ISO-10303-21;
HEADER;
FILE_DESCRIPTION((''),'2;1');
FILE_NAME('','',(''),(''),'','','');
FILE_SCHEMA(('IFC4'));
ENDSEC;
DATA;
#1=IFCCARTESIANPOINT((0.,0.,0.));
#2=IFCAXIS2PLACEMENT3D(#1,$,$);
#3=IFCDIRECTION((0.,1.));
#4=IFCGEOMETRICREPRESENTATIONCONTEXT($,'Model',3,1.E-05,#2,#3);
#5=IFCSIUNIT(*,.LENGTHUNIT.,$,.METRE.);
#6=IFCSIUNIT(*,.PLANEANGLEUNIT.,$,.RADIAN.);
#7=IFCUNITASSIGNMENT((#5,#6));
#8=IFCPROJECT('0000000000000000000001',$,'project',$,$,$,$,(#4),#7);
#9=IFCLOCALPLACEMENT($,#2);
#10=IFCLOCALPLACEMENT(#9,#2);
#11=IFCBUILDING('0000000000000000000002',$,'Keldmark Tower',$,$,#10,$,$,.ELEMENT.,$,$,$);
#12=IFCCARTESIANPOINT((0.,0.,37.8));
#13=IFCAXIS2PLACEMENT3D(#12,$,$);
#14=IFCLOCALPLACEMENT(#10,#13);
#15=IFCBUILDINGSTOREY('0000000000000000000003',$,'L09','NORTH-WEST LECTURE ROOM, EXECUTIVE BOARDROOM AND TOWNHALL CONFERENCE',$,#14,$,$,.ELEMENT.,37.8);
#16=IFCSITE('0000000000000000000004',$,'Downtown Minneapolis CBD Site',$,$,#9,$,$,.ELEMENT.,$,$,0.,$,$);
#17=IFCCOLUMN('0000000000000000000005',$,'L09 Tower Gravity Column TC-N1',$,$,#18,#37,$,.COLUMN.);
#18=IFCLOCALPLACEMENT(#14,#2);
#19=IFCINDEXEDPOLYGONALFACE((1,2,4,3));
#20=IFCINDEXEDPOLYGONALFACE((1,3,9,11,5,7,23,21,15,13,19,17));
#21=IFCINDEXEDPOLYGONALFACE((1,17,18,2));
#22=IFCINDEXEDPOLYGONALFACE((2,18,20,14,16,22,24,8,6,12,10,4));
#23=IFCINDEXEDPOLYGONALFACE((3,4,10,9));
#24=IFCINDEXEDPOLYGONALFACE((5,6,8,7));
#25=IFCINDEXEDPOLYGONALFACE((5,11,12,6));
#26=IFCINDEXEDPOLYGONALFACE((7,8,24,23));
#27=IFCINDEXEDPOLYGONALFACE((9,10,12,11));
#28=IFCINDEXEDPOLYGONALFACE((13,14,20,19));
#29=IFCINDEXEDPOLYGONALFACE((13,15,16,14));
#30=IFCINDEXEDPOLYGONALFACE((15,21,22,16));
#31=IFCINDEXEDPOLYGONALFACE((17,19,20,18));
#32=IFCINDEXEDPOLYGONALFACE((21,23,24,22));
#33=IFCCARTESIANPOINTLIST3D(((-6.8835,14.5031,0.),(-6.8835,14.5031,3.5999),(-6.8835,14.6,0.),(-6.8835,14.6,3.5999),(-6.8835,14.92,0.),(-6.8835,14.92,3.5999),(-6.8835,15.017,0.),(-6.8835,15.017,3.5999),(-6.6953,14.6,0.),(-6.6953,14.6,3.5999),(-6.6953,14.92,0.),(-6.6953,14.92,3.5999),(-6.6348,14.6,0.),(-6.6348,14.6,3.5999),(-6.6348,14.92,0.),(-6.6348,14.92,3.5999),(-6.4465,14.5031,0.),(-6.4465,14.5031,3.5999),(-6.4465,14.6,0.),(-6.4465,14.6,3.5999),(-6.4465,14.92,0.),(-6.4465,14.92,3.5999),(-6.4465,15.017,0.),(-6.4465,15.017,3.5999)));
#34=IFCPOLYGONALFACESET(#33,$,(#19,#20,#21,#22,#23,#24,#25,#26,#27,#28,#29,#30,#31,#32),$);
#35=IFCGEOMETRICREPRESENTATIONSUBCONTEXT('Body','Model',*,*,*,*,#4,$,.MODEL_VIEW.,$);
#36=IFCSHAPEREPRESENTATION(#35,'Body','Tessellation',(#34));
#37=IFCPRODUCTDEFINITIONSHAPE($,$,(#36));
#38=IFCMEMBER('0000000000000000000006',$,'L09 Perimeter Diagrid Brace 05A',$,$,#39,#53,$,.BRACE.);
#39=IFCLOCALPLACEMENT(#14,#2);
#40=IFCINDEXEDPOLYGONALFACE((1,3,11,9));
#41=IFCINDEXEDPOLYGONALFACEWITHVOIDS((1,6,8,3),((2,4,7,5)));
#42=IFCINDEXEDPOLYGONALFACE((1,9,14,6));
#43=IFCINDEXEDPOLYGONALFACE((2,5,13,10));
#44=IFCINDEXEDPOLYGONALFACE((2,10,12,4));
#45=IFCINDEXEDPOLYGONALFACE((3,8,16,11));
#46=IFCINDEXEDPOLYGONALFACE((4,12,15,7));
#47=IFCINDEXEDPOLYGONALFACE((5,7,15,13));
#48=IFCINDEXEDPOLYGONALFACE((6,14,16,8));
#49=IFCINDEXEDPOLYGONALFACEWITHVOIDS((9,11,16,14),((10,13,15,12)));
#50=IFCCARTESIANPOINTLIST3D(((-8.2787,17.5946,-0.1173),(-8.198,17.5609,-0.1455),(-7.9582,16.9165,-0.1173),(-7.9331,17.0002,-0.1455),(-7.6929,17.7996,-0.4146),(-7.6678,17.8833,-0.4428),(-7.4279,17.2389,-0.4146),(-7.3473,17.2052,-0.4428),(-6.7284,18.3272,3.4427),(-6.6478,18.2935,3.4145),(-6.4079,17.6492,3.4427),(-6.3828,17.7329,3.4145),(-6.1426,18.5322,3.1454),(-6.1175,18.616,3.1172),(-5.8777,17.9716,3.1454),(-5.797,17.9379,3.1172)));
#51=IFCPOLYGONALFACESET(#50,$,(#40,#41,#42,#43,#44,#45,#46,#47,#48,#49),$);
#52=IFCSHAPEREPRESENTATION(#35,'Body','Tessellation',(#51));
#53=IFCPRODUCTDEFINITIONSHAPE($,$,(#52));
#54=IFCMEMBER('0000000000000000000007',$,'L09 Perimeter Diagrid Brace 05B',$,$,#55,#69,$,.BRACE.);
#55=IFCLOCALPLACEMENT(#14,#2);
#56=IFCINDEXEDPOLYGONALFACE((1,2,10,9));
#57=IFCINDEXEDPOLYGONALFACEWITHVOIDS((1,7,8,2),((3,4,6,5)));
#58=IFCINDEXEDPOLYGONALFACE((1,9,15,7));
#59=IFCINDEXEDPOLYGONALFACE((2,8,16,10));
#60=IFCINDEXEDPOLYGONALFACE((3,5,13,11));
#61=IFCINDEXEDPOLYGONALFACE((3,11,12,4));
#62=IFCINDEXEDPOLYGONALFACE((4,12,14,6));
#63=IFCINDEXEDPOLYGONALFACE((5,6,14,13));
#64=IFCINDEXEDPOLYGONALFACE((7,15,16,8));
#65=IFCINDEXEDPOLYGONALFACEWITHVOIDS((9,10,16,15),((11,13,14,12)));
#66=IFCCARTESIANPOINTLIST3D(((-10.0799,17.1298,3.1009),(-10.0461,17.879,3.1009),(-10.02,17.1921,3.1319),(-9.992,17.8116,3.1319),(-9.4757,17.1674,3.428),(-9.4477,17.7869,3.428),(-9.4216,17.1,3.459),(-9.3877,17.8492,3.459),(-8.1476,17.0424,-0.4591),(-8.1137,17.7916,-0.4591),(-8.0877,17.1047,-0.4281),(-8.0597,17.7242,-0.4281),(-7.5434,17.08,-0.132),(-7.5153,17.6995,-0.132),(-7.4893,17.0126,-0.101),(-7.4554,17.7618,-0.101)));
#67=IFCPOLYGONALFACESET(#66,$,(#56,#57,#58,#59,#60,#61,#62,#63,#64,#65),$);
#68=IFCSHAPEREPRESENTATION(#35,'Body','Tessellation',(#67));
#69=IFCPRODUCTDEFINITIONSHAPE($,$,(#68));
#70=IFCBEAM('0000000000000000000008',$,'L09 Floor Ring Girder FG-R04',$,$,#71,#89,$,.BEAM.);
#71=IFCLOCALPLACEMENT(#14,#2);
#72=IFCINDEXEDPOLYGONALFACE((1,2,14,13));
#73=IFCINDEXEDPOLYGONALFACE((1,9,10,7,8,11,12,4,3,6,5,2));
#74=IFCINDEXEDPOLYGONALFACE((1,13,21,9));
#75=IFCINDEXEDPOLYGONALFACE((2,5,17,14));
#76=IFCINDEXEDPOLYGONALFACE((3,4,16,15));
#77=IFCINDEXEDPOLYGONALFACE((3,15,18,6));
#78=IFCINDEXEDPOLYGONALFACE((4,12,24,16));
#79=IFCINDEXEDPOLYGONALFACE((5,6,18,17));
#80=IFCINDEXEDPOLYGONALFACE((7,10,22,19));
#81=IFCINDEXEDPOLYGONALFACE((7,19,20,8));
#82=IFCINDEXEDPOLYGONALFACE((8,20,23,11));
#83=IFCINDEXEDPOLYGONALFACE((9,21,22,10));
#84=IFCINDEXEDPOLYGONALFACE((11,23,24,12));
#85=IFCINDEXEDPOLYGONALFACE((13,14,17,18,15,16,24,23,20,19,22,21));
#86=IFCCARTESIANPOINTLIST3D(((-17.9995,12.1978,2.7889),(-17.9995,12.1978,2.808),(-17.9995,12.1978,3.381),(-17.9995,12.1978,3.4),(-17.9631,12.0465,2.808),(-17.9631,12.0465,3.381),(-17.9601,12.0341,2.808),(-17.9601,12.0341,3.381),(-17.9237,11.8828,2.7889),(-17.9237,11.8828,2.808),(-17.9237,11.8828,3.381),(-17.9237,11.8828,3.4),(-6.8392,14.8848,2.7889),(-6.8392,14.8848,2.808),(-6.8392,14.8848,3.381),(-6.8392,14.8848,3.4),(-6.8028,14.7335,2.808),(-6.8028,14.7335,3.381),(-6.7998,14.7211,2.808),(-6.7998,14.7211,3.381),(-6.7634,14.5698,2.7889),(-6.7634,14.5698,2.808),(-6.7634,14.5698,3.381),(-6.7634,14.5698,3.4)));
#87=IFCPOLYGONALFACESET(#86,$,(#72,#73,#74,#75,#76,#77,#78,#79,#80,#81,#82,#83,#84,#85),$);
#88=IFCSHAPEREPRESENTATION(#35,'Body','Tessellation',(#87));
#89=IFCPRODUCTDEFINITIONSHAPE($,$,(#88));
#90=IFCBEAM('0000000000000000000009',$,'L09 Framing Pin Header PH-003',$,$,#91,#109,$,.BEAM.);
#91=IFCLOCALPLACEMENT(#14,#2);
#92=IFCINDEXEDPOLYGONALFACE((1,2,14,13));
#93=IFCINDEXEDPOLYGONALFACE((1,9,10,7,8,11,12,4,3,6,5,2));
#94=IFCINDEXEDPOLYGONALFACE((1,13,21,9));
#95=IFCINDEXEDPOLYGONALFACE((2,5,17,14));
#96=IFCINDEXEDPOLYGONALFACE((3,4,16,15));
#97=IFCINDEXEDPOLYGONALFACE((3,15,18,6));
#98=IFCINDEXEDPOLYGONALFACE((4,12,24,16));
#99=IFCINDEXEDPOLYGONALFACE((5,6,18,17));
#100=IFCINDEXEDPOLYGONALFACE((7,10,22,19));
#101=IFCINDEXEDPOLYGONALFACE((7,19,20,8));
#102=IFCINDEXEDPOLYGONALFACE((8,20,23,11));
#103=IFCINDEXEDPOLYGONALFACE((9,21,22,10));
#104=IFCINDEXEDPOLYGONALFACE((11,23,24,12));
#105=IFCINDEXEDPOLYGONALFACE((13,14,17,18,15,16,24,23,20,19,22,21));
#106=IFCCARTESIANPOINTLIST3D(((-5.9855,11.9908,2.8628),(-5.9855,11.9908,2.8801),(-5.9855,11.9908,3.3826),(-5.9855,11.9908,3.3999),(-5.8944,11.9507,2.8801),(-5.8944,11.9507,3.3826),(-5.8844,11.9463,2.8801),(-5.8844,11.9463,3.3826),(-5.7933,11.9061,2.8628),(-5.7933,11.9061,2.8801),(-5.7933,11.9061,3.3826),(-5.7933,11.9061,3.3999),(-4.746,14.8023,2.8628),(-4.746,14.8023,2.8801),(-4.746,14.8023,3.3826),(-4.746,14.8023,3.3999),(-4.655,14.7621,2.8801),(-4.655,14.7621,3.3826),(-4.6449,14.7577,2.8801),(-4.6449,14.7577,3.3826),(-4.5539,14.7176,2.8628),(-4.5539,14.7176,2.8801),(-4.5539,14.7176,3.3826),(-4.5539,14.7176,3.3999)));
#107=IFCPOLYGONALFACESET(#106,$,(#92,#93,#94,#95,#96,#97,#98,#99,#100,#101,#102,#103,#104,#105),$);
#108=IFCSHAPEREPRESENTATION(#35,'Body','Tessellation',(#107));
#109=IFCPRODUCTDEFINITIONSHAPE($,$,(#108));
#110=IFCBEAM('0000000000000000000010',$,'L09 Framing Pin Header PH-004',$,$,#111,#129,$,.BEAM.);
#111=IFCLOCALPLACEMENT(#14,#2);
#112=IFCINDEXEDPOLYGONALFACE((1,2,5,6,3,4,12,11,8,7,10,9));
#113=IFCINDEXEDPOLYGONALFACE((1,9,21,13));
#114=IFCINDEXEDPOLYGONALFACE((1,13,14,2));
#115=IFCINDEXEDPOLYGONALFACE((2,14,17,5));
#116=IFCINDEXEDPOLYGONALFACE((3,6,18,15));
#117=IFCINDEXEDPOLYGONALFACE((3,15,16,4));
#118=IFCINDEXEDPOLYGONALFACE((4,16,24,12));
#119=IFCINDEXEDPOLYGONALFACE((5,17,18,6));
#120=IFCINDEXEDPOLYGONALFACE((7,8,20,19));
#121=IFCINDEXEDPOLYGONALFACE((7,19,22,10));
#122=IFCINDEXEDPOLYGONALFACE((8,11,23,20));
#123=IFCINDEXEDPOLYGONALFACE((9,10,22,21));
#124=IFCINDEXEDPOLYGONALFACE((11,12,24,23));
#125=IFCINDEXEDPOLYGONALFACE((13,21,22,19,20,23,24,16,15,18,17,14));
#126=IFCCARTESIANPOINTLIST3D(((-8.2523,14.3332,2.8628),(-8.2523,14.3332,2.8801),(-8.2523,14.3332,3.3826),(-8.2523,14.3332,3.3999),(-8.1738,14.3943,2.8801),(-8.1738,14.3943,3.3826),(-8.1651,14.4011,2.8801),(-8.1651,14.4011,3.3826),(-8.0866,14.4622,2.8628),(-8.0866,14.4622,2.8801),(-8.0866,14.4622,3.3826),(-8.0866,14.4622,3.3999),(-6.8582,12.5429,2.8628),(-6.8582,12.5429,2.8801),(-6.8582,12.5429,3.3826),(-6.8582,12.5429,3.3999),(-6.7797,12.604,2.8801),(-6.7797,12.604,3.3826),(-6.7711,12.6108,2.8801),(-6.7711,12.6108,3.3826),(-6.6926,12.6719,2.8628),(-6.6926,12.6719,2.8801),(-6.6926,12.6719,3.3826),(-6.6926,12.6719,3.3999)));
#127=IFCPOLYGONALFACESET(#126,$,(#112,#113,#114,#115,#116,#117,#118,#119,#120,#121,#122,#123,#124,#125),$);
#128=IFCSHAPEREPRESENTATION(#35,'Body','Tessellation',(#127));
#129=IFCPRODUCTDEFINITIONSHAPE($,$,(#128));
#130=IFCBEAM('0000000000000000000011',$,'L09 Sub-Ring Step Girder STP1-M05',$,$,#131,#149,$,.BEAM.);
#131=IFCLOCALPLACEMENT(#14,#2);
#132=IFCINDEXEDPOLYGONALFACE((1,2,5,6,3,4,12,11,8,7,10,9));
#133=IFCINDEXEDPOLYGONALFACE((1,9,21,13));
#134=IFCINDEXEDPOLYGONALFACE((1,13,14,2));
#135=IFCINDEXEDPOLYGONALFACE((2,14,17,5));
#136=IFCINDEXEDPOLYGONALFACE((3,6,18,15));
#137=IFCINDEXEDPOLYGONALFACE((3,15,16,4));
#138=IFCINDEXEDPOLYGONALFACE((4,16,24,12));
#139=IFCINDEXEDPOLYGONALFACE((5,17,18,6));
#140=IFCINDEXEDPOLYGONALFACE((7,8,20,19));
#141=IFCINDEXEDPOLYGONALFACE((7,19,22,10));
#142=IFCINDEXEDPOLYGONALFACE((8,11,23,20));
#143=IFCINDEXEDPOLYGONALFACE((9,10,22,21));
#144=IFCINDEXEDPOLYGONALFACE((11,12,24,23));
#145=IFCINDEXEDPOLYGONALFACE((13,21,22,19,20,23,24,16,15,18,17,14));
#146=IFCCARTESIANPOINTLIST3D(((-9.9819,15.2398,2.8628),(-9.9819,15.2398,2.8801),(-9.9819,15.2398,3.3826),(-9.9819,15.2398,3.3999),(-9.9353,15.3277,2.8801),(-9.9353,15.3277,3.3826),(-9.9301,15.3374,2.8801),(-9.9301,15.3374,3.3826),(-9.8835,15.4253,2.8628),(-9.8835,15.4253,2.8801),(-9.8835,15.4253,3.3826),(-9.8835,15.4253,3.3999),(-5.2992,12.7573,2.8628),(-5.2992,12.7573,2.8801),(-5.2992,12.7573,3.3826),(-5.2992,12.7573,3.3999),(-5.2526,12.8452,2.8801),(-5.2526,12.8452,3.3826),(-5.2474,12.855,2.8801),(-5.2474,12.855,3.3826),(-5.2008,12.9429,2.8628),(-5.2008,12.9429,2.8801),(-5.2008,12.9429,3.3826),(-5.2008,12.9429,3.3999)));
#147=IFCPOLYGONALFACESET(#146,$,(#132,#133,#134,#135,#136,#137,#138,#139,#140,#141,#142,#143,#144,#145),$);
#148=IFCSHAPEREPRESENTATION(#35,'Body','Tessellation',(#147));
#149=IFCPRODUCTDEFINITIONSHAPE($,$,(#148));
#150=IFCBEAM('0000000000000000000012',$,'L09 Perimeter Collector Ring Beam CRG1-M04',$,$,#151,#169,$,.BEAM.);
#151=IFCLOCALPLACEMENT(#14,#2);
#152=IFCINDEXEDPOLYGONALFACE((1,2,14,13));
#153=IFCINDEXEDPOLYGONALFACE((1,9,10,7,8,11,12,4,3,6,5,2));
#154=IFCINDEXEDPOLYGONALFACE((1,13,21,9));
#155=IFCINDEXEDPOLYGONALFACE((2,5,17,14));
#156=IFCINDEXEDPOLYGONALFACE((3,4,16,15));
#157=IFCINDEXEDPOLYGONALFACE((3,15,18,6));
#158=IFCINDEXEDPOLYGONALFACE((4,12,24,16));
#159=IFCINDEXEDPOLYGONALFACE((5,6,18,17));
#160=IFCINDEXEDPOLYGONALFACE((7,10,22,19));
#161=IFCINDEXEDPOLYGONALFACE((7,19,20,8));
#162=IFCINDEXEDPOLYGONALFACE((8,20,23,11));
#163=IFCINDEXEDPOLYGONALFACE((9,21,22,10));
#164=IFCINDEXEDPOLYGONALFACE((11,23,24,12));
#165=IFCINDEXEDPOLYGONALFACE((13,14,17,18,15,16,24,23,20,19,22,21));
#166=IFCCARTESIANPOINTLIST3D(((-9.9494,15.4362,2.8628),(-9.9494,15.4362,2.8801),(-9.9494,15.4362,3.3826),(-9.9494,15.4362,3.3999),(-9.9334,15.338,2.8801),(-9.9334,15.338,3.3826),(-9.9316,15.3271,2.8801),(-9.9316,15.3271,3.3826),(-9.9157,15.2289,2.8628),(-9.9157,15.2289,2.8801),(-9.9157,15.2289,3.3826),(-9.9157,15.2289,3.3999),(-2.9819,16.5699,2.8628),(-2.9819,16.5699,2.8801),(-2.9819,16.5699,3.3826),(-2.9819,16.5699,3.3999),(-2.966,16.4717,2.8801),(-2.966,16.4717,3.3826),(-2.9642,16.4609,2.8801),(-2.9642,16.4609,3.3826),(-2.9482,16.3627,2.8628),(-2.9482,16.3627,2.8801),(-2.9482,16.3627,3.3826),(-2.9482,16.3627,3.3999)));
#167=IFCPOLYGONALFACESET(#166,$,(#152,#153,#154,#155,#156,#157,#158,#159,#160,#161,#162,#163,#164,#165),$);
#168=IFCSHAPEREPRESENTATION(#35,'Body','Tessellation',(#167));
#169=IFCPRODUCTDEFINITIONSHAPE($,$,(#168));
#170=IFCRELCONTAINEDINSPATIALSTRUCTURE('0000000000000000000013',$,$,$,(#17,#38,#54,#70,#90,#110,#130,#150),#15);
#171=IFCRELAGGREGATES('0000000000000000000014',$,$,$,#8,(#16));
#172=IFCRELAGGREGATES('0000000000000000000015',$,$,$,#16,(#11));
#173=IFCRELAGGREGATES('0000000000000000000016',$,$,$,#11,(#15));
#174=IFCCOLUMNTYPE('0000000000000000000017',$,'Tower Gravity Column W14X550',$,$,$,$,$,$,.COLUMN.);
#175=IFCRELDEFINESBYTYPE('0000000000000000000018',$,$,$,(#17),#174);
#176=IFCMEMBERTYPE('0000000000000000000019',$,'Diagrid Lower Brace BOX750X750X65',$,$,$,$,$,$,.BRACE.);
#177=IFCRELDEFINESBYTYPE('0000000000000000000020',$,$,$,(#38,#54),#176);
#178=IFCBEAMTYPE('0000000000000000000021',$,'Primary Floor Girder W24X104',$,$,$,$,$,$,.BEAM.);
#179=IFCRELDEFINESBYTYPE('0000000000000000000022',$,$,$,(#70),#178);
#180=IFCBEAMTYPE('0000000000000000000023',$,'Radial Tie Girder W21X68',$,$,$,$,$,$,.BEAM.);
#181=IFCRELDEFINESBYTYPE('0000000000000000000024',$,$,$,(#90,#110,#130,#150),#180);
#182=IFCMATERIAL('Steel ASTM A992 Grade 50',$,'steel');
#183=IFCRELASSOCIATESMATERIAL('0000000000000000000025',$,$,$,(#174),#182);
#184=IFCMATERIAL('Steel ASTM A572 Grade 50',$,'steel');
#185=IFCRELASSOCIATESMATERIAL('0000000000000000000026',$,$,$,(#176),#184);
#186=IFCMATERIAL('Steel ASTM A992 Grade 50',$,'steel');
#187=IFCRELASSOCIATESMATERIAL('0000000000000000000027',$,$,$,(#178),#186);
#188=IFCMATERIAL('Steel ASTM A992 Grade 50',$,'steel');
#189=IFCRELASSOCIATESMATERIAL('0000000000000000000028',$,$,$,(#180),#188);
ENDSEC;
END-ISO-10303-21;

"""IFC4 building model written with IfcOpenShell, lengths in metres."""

from ifc_helpers import new_model, si_unit, direction, frame, origin, origin_2d, place, context, subcontext, project, spatial, hollow_rectangle, i_section, extrude, material, material_profile, profile_set, type_object, element, save


model = new_model("IFC4")

# Units and contexts
model_context = context("Model", 3, precision=1e-05, world=origin(), true_north=direction((0.0, 1.0)))
body_context = subcontext(model_context, "Body", "Model", "MODEL_VIEW")
ifc_project = project(units=[si_unit("LENGTHUNIT", "METRE"), si_unit("PLANEANGLEUNIT", "RADIAN")], contexts=[model_context])

# Site, building, storey
site_placement = place(None, origin())
site = spatial("IfcSite", under=ifc_project, at=site_placement, Name="Downtown Minneapolis CBD Site", CompositionType="ELEMENT", RefElevation=0.0)
building_placement = place(site_placement, origin())
building = spatial("IfcBuilding", under=site, at=building_placement, Name="Keldmark Tower", CompositionType="ELEMENT")
storey_placement = place(building_placement, frame((0.0, 0.0, 37.8)))
storey = spatial("IfcBuildingStorey", under=building, at=storey_placement, Name="L09", Description="NORTH-WEST LECTURE ROOM, EXECUTIVE BOARDROOM AND TOWNHALL CONFERENCE", CompositionType="ELEMENT", Elevation=37.8)

# Column
ifc_material_1 = material(Name="Steel ASTM A992 Grade 50", Category="steel")
ifc_material_profile_1 = material_profile(ifc_material_1, i_section(OverallWidth=0.437, OverallDepth=0.5139, WebThickness=0.0605, FlangeThickness=0.0969, at=origin_2d()), Name="W14X550")
ifc_profile_set_1 = profile_set([ifc_material_profile_1], Name="Steel ASTM A992 Grade 50")
column_type = type_object("IfcColumnType", Name="Tower Gravity Column W14X550", PredefinedType="COLUMN", material=ifc_profile_set_1)
column_placement = place(storey_placement, frame((-6.665, 14.76, 0.0), z_axis=(0.0, 0.0, 1.0), x_axis=(1.0, 0.0, 0.0)))
element("IfcColumn", 1, at=column_placement, inside=storey, type_object=column_type, Name="L09 Tower Gravity Column TC-N1", PredefinedType="COLUMN", context=body_context, shape_type="SweptSolid", body=[
    extrude(i_section(OverallWidth=0.437, OverallDepth=0.5139, WebThickness=0.0605, FlangeThickness=0.0969, at=origin_2d()), origin(), (0.0, 0.0, 1.0), 3.5999),
])

# Members
ifc_material_2 = material(Name="Steel ASTM A572 Grade 50", Category="steel")
ifc_material_profile_2 = material_profile(ifc_material_2, hollow_rectangle(XDim=0.75, YDim=0.75, WallThickness=0.0649, at=origin_2d()), Name="BOX750X750X65")
ifc_profile_set_2 = profile_set([ifc_material_profile_2], Name="Steel ASTM A572 Grade 50")
member_type = type_object("IfcMemberType", Name="Diagrid Lower Brace BOX750X750X65", PredefinedType="BRACE", material=ifc_profile_set_2)
member_1_placement = place(storey_placement, frame((-7.813, 17.3999, -0.28), z_axis=(0.392332, 0.185415, 0.900942), x_axis=(-0.427284, 0.904117, 0.0)))
element("IfcMember", 2, at=member_1_placement, inside=storey, type_object=member_type, Name="L09 Perimeter Diagrid Brace 05A", PredefinedType="BRACE", context=body_context, shape_type="SweptSolid", body=[
    extrude(hollow_rectangle(XDim=0.75, YDim=0.75, WallThickness=0.0649, at=origin_2d()), origin(), (0.0, 0.0, 1.0), 3.9514),
])
member_2_placement = place(storey_placement, frame((-7.8015, 17.4021, -0.28), z_axis=(-0.476937, 0.021572, 0.878673), x_axis=(-0.045184, -0.998979, 0.0)))
element("IfcMember", 3, at=member_2_placement, inside=storey, type_object=member_type, Name="L09 Perimeter Diagrid Brace 05B", PredefinedType="BRACE", context=body_context, shape_type="SweptSolid", body=[
    extrude(hollow_rectangle(XDim=0.75, YDim=0.75, WallThickness=0.0649, at=origin_2d()), origin(), (0.0, 0.0, 1.0), 4.0515),
])

# Beams
ifc_material_3 = material(Name="Steel ASTM A992 Grade 50", Category="steel")
ifc_material_profile_3 = material_profile(ifc_material_3, i_section(OverallWidth=0.324, OverallDepth=0.6111, WebThickness=0.0127, FlangeThickness=0.019, at=origin_2d()), Name="W24X104")
ifc_profile_set_3 = profile_set([ifc_material_profile_3], Name="Steel ASTM A992 Grade 50")
beam_type_1 = type_object("IfcBeamType", Name="Primary Floor Girder W24X104", PredefinedType="BEAM", material=ifc_profile_set_3)
beam_1_placement = place(storey_placement, frame((-6.8013, 14.7273, 3.0945), z_axis=(-0.972219, -0.234074, 0.0), x_axis=(0.234074, -0.972219, 0.0)))
element("IfcBeam", 4, at=beam_1_placement, inside=storey, type_object=beam_type_1, Name="L09 Floor Ring Girder FG-R04", PredefinedType="BEAM", context=body_context, shape_type="SweptSolid", body=[
    extrude(i_section(OverallWidth=0.324, OverallDepth=0.6111, WebThickness=0.0127, FlangeThickness=0.019, at=origin_2d()), origin(), (0.0, 0.0, 1.0), 11.4792),
])
ifc_material_4 = material(Name="Steel ASTM A992 Grade 50", Category="steel")
ifc_material_profile_4 = material_profile(ifc_material_4, i_section(OverallWidth=0.21, OverallDepth=0.5371, WebThickness=0.011, FlangeThickness=0.0173, at=origin_2d()), Name="W21X68")
ifc_profile_set_4 = profile_set([ifc_material_profile_4], Name="Steel ASTM A992 Grade 50")
beam_type_2 = type_object("IfcBeamType", Name="Radial Tie Girder W21X68", PredefinedType="BEAM", material=ifc_profile_set_4)
beam_2_placement = place(storey_placement, frame((-5.8894, 11.9485, 3.1313), z_axis=(0.403402, 0.915023, 0.0), x_axis=(-0.915023, 0.403402, 0.0)))
element("IfcBeam", 5, at=beam_2_placement, inside=storey, type_object=beam_type_2, Name="L09 Framing Pin Header PH-003", PredefinedType="BEAM", context=body_context, shape_type="SweptSolid", body=[
    extrude(i_section(OverallWidth=0.21, OverallDepth=0.5371, WebThickness=0.011, FlangeThickness=0.0173, at=origin_2d()), origin(), (0.0, 0.0, 1.0), 3.0725),
])
beam_3_placement = place(storey_placement, frame((-6.7754, 12.6074, 3.1313), z_axis=(-0.61438, 0.78901, 0.0), x_axis=(-0.78901, -0.61438, 0.0)))
element("IfcBeam", 6, at=beam_3_placement, inside=storey, type_object=beam_type_2, Name="L09 Framing Pin Header PH-004", PredefinedType="BEAM", context=body_context, shape_type="SweptSolid", body=[
    extrude(i_section(OverallWidth=0.21, OverallDepth=0.5371, WebThickness=0.011, FlangeThickness=0.0173, at=origin_2d()), origin(), (0.0, 0.0, 1.0), 2.269),
])
beam_4_placement = place(storey_placement, frame((-5.25, 12.8501, 3.1313), z_axis=(-0.883523, 0.468387, 0.0), x_axis=(-0.468387, -0.883523, 0.0)))
element("IfcBeam", 7, at=beam_4_placement, inside=storey, type_object=beam_type_2, Name="L09 Sub-Ring Step Girder STP1-M05", PredefinedType="BEAM", context=body_context, shape_type="SweptSolid", body=[
    extrude(i_section(OverallWidth=0.21, OverallDepth=0.5371, WebThickness=0.011, FlangeThickness=0.0173, at=origin_2d()), origin(), (0.0, 0.0, 1.0), 5.3),
])
beam_5_placement = place(storey_placement, frame((-2.9651, 16.4663, 3.1313), z_axis=(-0.987018, -0.160612, 0.0), x_axis=(0.160612, -0.987018, 0.0)))
element("IfcBeam", 8, at=beam_5_placement, inside=storey, type_object=beam_type_2, Name="L09 Perimeter Collector Ring Beam CRG1-M04", PredefinedType="BEAM", context=body_context, shape_type="SweptSolid", body=[
    extrude(i_section(OverallWidth=0.21, OverallDepth=0.5371, WebThickness=0.011, FlangeThickness=0.0173, at=origin_2d()), origin(), (0.0, 0.0, 1.0), 7.0591),
])

save(model, "model.ifc")
